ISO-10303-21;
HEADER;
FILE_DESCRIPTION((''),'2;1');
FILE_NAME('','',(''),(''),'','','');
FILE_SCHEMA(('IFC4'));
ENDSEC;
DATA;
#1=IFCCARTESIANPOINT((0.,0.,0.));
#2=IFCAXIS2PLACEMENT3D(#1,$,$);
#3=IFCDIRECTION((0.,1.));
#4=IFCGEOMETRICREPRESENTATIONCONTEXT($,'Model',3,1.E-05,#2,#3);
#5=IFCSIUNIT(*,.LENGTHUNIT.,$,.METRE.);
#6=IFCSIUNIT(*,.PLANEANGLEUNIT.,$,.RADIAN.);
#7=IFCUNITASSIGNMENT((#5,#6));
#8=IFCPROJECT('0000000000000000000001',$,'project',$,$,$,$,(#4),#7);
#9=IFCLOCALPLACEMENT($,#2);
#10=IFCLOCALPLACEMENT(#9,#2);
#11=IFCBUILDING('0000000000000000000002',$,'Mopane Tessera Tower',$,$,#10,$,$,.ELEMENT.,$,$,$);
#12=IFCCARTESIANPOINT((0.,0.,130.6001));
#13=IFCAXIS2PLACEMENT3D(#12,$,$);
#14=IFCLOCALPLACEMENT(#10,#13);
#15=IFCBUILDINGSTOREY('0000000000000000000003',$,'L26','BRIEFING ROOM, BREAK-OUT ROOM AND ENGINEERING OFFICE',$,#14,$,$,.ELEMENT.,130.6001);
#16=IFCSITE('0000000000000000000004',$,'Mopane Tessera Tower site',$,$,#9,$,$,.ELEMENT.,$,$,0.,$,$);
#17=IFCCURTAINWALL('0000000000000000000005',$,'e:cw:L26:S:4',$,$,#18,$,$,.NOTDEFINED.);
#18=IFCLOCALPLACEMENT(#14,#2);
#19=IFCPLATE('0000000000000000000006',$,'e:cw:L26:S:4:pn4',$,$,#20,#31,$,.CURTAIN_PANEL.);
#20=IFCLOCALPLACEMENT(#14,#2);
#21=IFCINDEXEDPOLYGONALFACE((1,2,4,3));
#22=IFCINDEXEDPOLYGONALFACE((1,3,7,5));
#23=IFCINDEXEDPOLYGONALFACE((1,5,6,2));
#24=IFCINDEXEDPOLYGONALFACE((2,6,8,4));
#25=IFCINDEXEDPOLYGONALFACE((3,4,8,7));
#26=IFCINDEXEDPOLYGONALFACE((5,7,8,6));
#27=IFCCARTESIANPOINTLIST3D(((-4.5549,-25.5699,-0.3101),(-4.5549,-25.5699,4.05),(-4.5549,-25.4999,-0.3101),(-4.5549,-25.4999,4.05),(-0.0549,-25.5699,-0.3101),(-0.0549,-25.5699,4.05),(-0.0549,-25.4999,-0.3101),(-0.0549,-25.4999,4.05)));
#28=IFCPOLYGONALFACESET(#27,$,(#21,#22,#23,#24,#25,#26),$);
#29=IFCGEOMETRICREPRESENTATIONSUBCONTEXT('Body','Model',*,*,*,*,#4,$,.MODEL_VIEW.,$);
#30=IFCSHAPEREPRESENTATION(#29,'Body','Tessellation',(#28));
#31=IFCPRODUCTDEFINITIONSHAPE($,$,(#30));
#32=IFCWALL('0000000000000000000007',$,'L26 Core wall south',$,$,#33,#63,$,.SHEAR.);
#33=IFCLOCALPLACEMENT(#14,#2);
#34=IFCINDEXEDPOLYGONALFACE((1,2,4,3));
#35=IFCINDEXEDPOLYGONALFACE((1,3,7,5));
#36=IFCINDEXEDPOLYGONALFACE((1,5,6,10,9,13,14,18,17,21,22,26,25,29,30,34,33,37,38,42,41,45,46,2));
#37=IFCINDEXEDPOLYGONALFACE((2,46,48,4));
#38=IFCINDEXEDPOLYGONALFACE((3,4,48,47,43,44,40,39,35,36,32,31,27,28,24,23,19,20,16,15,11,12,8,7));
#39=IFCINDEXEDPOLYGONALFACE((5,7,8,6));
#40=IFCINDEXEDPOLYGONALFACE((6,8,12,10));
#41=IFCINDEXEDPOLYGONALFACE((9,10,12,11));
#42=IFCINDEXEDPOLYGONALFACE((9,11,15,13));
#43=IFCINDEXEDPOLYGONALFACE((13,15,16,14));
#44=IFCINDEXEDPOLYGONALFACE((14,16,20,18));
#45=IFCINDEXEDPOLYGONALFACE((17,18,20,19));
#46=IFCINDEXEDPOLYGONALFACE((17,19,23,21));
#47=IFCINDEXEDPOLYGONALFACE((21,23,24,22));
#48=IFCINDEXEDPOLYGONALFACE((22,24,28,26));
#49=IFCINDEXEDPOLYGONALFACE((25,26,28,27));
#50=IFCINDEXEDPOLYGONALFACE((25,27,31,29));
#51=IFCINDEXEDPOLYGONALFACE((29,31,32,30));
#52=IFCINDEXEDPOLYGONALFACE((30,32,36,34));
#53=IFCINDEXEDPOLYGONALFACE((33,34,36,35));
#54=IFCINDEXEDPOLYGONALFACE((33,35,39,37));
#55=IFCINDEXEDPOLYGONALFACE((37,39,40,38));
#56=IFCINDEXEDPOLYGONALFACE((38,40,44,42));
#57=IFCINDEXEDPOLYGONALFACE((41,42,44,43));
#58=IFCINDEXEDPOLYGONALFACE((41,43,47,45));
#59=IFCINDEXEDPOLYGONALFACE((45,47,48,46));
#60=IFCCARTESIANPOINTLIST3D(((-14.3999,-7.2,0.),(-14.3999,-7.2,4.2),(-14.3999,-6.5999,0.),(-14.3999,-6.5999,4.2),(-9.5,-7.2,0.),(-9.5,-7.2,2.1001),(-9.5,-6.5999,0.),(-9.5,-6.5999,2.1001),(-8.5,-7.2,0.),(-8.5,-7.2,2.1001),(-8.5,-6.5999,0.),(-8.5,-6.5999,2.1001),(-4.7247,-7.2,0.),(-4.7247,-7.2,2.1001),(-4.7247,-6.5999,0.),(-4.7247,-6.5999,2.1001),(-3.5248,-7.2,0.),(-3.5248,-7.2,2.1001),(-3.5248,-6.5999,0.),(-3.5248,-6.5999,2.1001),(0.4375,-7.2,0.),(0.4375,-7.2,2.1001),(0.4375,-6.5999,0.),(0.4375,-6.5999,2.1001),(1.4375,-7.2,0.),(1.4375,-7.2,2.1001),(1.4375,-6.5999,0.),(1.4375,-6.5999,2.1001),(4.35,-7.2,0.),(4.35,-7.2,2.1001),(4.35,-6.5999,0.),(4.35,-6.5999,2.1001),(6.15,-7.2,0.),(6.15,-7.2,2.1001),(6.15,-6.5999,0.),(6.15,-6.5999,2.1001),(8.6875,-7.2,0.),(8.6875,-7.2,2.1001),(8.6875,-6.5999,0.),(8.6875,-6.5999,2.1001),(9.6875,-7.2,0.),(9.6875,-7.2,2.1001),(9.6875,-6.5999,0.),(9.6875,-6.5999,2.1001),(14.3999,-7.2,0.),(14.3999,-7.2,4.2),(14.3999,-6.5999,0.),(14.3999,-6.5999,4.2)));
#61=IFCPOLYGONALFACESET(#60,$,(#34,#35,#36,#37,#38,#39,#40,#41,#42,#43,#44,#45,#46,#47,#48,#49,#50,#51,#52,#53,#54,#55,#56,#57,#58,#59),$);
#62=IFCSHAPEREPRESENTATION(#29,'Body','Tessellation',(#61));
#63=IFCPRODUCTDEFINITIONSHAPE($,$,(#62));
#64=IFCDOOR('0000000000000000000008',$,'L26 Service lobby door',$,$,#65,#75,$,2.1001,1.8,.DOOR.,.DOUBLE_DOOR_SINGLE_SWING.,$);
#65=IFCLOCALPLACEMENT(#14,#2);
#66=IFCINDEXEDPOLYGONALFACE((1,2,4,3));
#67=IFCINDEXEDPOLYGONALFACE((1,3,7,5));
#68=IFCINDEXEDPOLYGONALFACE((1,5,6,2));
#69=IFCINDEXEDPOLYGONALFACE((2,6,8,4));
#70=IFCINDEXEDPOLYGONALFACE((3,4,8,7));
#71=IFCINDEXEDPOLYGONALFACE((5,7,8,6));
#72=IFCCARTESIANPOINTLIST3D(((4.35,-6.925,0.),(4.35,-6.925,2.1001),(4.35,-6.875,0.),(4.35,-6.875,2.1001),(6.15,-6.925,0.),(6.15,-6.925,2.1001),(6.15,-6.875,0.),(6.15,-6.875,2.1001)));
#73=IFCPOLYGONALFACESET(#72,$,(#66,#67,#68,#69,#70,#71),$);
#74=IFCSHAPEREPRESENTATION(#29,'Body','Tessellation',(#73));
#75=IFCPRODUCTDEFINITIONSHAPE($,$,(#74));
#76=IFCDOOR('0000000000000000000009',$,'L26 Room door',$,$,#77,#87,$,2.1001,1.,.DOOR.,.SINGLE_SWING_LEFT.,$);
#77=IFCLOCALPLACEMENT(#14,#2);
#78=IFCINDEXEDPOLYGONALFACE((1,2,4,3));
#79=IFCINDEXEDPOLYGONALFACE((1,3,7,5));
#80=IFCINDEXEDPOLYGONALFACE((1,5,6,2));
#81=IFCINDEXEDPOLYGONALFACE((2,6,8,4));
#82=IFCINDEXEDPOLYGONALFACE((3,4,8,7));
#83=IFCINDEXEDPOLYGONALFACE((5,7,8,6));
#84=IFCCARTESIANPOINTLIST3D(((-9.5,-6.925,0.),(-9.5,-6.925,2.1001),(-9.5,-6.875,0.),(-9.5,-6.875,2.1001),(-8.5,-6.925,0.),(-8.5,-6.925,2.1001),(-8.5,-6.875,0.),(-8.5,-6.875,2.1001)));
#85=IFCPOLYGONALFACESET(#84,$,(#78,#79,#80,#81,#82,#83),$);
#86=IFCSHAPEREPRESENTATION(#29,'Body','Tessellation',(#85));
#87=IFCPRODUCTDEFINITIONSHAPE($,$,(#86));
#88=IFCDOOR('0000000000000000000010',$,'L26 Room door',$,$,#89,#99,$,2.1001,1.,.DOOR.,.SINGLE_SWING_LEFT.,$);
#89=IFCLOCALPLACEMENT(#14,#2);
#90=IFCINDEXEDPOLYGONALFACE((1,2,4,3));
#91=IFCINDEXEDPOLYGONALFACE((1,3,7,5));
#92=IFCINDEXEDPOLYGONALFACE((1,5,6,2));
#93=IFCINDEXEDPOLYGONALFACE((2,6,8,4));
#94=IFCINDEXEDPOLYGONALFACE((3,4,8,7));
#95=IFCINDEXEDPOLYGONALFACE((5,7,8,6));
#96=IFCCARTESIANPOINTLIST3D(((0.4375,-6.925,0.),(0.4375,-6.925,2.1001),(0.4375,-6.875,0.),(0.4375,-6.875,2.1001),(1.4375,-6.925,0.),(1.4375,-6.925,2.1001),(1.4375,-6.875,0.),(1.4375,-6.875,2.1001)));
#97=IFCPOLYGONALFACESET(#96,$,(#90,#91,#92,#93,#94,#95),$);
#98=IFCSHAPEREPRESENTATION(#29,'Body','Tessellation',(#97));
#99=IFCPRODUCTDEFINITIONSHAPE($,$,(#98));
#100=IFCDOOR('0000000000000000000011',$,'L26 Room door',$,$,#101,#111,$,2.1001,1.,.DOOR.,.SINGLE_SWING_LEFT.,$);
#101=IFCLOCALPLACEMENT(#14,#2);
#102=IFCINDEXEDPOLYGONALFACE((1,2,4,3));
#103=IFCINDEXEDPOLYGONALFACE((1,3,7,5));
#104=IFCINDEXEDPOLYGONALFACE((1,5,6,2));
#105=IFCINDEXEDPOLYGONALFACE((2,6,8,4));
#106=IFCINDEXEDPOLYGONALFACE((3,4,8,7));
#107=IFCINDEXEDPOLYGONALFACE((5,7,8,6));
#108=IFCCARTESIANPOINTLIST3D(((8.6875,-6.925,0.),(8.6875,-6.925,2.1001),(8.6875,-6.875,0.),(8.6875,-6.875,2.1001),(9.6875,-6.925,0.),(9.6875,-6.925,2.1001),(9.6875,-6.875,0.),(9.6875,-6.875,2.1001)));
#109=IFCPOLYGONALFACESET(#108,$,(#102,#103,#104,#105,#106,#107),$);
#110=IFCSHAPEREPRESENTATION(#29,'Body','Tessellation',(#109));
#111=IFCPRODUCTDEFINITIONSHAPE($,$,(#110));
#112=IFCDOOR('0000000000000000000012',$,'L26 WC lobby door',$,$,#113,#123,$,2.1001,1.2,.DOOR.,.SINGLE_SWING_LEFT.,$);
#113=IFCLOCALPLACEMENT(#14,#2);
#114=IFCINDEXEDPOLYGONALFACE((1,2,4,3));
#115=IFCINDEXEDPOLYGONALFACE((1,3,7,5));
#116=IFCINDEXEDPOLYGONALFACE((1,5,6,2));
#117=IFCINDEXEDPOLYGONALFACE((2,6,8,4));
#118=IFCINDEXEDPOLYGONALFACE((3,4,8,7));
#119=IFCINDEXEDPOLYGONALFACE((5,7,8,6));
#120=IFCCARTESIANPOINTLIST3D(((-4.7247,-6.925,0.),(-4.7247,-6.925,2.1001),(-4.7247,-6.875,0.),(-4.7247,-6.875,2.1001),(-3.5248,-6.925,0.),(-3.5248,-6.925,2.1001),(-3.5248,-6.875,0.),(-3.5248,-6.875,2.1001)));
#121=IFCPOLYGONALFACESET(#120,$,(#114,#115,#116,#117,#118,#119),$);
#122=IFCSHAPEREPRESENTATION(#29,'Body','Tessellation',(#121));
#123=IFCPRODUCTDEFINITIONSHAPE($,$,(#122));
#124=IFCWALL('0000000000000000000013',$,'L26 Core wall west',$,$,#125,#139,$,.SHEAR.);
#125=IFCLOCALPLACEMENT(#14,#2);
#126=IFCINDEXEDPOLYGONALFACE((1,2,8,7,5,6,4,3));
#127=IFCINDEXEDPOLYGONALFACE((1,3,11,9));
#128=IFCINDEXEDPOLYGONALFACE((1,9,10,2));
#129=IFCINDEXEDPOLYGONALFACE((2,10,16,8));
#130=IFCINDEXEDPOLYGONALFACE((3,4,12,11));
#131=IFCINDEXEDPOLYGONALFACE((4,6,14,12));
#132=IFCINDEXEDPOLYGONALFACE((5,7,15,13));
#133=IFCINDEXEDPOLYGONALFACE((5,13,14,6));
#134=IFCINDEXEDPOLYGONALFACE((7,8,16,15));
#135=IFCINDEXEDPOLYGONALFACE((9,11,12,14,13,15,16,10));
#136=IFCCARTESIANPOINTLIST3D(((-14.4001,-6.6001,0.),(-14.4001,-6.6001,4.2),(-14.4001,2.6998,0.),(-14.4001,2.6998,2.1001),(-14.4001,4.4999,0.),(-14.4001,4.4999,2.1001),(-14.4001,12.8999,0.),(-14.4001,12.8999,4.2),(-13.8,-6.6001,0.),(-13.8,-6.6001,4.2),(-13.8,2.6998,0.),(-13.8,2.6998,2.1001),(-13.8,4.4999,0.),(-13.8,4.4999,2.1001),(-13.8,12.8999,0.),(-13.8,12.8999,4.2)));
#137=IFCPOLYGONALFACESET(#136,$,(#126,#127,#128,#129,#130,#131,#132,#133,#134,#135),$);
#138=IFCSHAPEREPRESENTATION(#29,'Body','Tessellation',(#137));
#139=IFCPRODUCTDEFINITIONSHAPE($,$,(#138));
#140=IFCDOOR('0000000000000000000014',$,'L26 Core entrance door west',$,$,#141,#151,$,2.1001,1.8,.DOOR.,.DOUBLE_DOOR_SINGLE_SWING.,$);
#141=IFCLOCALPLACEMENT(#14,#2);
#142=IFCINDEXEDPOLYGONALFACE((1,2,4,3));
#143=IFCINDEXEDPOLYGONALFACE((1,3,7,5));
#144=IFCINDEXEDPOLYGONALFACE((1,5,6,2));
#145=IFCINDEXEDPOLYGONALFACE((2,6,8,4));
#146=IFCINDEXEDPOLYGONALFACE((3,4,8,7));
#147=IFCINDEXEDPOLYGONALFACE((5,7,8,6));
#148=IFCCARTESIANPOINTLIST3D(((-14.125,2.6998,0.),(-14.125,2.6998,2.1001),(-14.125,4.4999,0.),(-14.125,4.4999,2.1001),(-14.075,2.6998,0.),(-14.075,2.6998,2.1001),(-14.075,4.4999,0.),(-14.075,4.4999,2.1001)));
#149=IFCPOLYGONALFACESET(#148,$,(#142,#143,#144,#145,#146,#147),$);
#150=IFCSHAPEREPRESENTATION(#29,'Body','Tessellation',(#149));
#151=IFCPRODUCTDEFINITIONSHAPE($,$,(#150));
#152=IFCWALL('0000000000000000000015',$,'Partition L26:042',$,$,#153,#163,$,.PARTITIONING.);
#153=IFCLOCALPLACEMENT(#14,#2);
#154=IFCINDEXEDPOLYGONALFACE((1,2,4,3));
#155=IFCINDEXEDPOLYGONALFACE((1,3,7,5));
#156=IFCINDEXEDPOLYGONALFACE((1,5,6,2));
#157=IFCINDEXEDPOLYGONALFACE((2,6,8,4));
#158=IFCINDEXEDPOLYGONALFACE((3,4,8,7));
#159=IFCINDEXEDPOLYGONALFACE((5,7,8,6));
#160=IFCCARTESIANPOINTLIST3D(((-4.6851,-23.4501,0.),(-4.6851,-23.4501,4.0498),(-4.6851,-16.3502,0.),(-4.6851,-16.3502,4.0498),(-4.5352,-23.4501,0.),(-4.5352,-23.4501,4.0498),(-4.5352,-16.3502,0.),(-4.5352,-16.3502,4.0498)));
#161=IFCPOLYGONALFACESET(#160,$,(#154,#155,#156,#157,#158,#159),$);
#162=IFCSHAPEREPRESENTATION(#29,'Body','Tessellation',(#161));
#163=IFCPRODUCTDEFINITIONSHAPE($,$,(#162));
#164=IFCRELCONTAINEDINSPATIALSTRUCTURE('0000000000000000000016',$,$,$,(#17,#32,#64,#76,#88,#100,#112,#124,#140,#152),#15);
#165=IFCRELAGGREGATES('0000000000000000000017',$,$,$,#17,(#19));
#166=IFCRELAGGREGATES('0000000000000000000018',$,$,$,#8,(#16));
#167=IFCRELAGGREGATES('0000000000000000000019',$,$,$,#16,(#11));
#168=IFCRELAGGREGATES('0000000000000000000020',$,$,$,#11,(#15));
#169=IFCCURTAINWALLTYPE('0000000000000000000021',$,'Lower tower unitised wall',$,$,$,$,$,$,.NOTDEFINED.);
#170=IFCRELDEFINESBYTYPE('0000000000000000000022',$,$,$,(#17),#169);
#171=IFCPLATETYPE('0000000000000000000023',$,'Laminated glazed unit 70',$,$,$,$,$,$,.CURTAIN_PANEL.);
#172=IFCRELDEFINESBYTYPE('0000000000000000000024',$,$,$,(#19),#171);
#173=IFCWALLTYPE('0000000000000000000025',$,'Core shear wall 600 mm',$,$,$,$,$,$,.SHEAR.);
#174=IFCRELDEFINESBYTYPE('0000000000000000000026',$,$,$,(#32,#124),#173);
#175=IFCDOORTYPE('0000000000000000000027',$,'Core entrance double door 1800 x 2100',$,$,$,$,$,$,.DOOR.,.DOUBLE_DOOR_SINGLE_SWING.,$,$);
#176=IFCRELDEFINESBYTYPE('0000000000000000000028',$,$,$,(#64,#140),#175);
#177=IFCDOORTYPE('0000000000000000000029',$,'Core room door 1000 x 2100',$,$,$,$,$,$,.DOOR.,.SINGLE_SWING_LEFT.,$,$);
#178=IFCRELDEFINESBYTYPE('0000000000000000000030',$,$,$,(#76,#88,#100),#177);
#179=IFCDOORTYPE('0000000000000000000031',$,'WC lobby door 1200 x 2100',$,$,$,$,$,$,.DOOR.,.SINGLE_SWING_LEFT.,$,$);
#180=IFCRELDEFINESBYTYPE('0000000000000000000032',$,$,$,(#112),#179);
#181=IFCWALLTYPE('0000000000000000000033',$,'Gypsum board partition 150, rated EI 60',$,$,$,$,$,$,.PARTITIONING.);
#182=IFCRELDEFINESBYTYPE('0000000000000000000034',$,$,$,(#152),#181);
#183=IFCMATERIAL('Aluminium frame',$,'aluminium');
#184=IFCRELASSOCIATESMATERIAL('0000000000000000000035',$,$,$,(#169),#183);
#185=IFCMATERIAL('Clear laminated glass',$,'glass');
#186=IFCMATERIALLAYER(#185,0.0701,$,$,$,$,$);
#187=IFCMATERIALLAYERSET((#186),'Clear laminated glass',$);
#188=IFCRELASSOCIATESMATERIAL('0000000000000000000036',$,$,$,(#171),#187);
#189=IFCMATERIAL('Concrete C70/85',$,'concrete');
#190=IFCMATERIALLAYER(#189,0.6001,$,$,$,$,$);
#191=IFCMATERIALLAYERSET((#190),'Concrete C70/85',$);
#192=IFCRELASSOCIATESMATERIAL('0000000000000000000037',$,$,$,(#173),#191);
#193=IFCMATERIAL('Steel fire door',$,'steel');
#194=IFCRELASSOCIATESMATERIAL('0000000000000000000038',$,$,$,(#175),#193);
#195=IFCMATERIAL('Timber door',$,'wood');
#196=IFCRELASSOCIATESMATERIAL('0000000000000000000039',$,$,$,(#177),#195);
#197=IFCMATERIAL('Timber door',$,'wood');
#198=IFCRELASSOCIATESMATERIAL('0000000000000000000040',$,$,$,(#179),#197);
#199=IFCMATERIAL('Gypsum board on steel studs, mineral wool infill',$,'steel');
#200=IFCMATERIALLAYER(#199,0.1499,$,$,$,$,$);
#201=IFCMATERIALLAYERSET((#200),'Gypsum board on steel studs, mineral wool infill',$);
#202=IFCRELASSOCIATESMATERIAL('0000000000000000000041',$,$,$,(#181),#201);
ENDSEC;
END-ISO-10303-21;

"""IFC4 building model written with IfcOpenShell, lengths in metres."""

from ifc_helpers import new_model, si_unit, direction, frame, frame_2d, origin, origin_2d, place, context, subcontext, project, spatial, rectangle, extrude, material, layer, layer_set, type_object, element, fill, aggregate, save


model = new_model("IFC4")

# Units and contexts
model_context = context("Model", 3, precision=1e-05, world=origin(), true_north=direction((0.0, 1.0)))
body_context = subcontext(model_context, "Body", "Model", "MODEL_VIEW")
ifc_project = project(units=[si_unit("LENGTHUNIT", "METRE"), si_unit("PLANEANGLEUNIT", "RADIAN")], contexts=[model_context])

# Site, building, storey
site_placement = place(None, origin())
site = spatial("IfcSite", under=ifc_project, at=site_placement, Name="Mopane Tessera Tower site", CompositionType="ELEMENT", RefElevation=0.0)
building_placement = place(site_placement, origin())
building = spatial("IfcBuilding", under=site, at=building_placement, Name="Mopane Tessera Tower", CompositionType="ELEMENT")
storey_placement = place(building_placement, frame((0.0, 0.0, 130.6001)))
storey = spatial("IfcBuildingStorey", under=building, at=storey_placement, Name="L26", Description="BRIEFING ROOM, BREAK-OUT ROOM AND ENGINEERING OFFICE", CompositionType="ELEMENT", Elevation=130.6001)

# Curtain wall
ifc_material_1 = material(Name="Aluminium frame", Category="aluminium")
curtain_wall_type = type_object("IfcCurtainWallType", Name="Lower tower unitised wall", PredefinedType="NOTDEFINED", material=ifc_material_1)
curtain_wall_placement = place(storey_placement, origin())
curtain_wall = element("IfcCurtainWall", 1, at=curtain_wall_placement, inside=storey, type_object=curtain_wall_type, Name="e:cw:L26:S:4", PredefinedType="NOTDEFINED")

# Plate
ifc_material_2 = material(Name="Clear laminated glass", Category="glass")
ifc_layer_1 = layer(ifc_material_2, 0.0701)
ifc_layer_set_1 = layer_set([ifc_layer_1], Name="Clear laminated glass")
plate_type = type_object("IfcPlateType", Name="Laminated glazed unit 70", PredefinedType="CURTAIN_PANEL", material=ifc_layer_set_1)
plate_placement = place(storey_placement, frame((-2.3049, -25.5349, -0.3101), z_axis=(0.0, 0.0, 1.0), x_axis=(1.0, 0.0, 0.0)))
plate = element("IfcPlate", 2, at=plate_placement, type_object=plate_type, Name="e:cw:L26:S:4:pn4", PredefinedType="CURTAIN_PANEL", context=body_context, shape_type="SweptSolid", body=[
    extrude(rectangle(XDim=4.5, YDim=0.0701, at=origin_2d()), origin(), (0.0, 0.0, 1.0), 4.3601),
])
aggregate(curtain_wall, [plate])

# Wall, openings, doors
ifc_material_3 = material(Name="Concrete C70/85", Category="concrete")
ifc_layer_2 = layer(ifc_material_3, 0.6001)
ifc_layer_set_2 = layer_set([ifc_layer_2], Name="Concrete C70/85")
wall_type_1 = type_object("IfcWallType", Name="Core shear wall 600 mm", PredefinedType="SHEAR", material=ifc_layer_set_2)
wall_1_placement = place(storey_placement, frame((-14.3999, -6.8999, 0.0), z_axis=(0.0, 0.0, 1.0), x_axis=(1.0, 0.0, 0.0)))
wall_1 = element("IfcWall", 3, at=wall_1_placement, inside=storey, type_object=wall_type_1, Name="L26 Core wall south", PredefinedType="SHEAR", context=body_context, shape_type="SweptSolid", body=[
    extrude(rectangle(XDim=28.7998, YDim=0.6001, at=frame_2d((14.3999, 0.0))), origin(), (0.0, 0.0, 1.0), 4.2),
])
opening_1_placement = place(wall_1_placement, frame((4.8999, 0.0, 0.0)))
opening_1 = element("IfcOpeningElement", 4, at=opening_1_placement, cuts=wall_1, PredefinedType="OPENING", context=body_context, shape_type="SweptSolid", body=[
    extrude(rectangle(XDim=1.0, YDim=2.1001, at=frame_2d((0.5, 1.05))), frame((0.0, 0.312, 0.0), z_axis=(0.0, -1.0, 0.0), x_axis=(1.0, 0.0, 0.0)), (0.0, 0.0, 1.0), 0.624),
])
opening_2_placement = place(wall_1_placement, frame((9.675, 0.0, 0.0)))
opening_2 = element("IfcOpeningElement", 5, at=opening_2_placement, cuts=wall_1, PredefinedType="OPENING", context=body_context, shape_type="SweptSolid", body=[
    extrude(rectangle(XDim=1.2, YDim=2.1001, at=frame_2d((0.6001, 1.05))), frame((0.0, 0.312, 0.0), z_axis=(0.0, -1.0, 0.0), x_axis=(1.0, 0.0, 0.0)), (0.0, 0.0, 1.0), 0.624),
])
opening_3_placement = place(wall_1_placement, frame((14.8374, 0.0, 0.0)))
opening_3 = element("IfcOpeningElement", 6, at=opening_3_placement, cuts=wall_1, PredefinedType="OPENING", context=body_context, shape_type="SweptSolid", body=[
    extrude(rectangle(XDim=1.0, YDim=2.1001, at=frame_2d((0.5, 1.05))), frame((0.0, 0.312, 0.0), z_axis=(0.0, -1.0, 0.0), x_axis=(1.0, 0.0, 0.0)), (0.0, 0.0, 1.0), 0.624),
])
opening_4_placement = place(wall_1_placement, frame((18.75, 0.0, 0.0)))
opening_4 = element("IfcOpeningElement", 7, at=opening_4_placement, cuts=wall_1, PredefinedType="OPENING", context=body_context, shape_type="SweptSolid", body=[
    extrude(rectangle(XDim=1.8, YDim=2.1001, at=frame_2d((0.8999, 1.05))), frame((0.0, 0.312, 0.0), z_axis=(0.0, -1.0, 0.0), x_axis=(1.0, 0.0, 0.0)), (0.0, 0.0, 1.0), 0.624),
])
opening_5_placement = place(wall_1_placement, frame((23.0874, 0.0, 0.0)))
opening_5 = element("IfcOpeningElement", 8, at=opening_5_placement, cuts=wall_1, PredefinedType="OPENING", context=body_context, shape_type="SweptSolid", body=[
    extrude(rectangle(XDim=1.0, YDim=2.1001, at=frame_2d((0.5, 1.05))), frame((0.0, 0.312, 0.0), z_axis=(0.0, -1.0, 0.0), x_axis=(1.0, 0.0, 0.0)), (0.0, 0.0, 1.0), 0.624),
])
ifc_material_4 = material(Name="Steel fire door", Category="steel")
door_type_1 = type_object("IfcDoorType", Name="Core entrance double door 1800 x 2100", OperationType="DOUBLE_DOOR_SINGLE_SWING", PredefinedType="DOOR", material=ifc_material_4)
door_1_placement = place(opening_4_placement, origin())
door_1 = element("IfcDoor", 9, at=door_1_placement, inside=storey, type_object=door_type_1, Name="L26 Service lobby door", OperationType="DOUBLE_DOOR_SINGLE_SWING", OverallHeight=2.1001, OverallWidth=1.8, PredefinedType="DOOR", context=body_context, shape_type="SweptSolid", body=[
    extrude(rectangle(XDim=1.8, YDim=2.1001, at=frame_2d((0.8999, 1.05))), frame((0.0, 0.0249, 0.0), z_axis=(0.0, -1.0, 0.0), x_axis=(1.0, 0.0, 0.0)), (0.0, 0.0, 1.0), 0.05),
])
fill(opening_4, door_1)
ifc_material_5 = material(Name="Timber door", Category="wood")
door_type_2 = type_object("IfcDoorType", Name="Core room door 1000 x 2100", OperationType="SINGLE_SWING_LEFT", PredefinedType="DOOR", material=ifc_material_5)
door_2_placement = place(opening_1_placement, origin())
door_2 = element("IfcDoor", 10, at=door_2_placement, inside=storey, type_object=door_type_2, Name="L26 Room door", OperationType="SINGLE_SWING_LEFT", OverallHeight=2.1001, OverallWidth=1.0, PredefinedType="DOOR", context=body_context, shape_type="SweptSolid", body=[
    extrude(rectangle(XDim=1.0, YDim=2.1001, at=frame_2d((0.5, 1.05))), frame((0.0, 0.0249, 0.0), z_axis=(0.0, -1.0, 0.0), x_axis=(1.0, 0.0, 0.0)), (0.0, 0.0, 1.0), 0.05),
])
fill(opening_1, door_2)
door_3_placement = place(opening_3_placement, origin())
door_3 = element("IfcDoor", 11, at=door_3_placement, inside=storey, type_object=door_type_2, Name="L26 Room door", OperationType="SINGLE_SWING_LEFT", OverallHeight=2.1001, OverallWidth=1.0, PredefinedType="DOOR", context=body_context, shape_type="SweptSolid", body=[
    extrude(rectangle(XDim=1.0, YDim=2.1001, at=frame_2d((0.5, 1.05))), frame((0.0, 0.0249, 0.0), z_axis=(0.0, -1.0, 0.0), x_axis=(1.0, 0.0, 0.0)), (0.0, 0.0, 1.0), 0.05),
])
fill(opening_3, door_3)
door_4_placement = place(opening_5_placement, origin())
door_4 = element("IfcDoor", 12, at=door_4_placement, inside=storey, type_object=door_type_2, Name="L26 Room door", OperationType="SINGLE_SWING_LEFT", OverallHeight=2.1001, OverallWidth=1.0, PredefinedType="DOOR", context=body_context, shape_type="SweptSolid", body=[
    extrude(rectangle(XDim=1.0, YDim=2.1001, at=frame_2d((0.5, 1.05))), frame((0.0, 0.0249, 0.0), z_axis=(0.0, -1.0, 0.0), x_axis=(1.0, 0.0, 0.0)), (0.0, 0.0, 1.0), 0.05),
])
fill(opening_5, door_4)
ifc_material_6 = material(Name="Timber door", Category="wood")
door_type_3 = type_object("IfcDoorType", Name="WC lobby door 1200 x 2100", OperationType="SINGLE_SWING_LEFT", PredefinedType="DOOR", material=ifc_material_6)
door_5_placement = place(opening_2_placement, origin())
door_5 = element("IfcDoor", 13, at=door_5_placement, inside=storey, type_object=door_type_3, Name="L26 WC lobby door", OperationType="SINGLE_SWING_LEFT", OverallHeight=2.1001, OverallWidth=1.2, PredefinedType="DOOR", context=body_context, shape_type="SweptSolid", body=[
    extrude(rectangle(XDim=1.2, YDim=2.1001, at=frame_2d((0.6001, 1.05))), frame((0.0, 0.0249, 0.0), z_axis=(0.0, -1.0, 0.0), x_axis=(1.0, 0.0, 0.0)), (0.0, 0.0, 1.0), 0.05),
])
fill(opening_2, door_5)

# Wall, opening, door
wall_2_placement = place(storey_placement, frame((-14.1001, -6.6001, 0.0), z_axis=(0.0, 0.0, 1.0), x_axis=(0.0, 1.0, 0.0)))
wall_2 = element("IfcWall", 14, at=wall_2_placement, inside=storey, type_object=wall_type_1, Name="L26 Core wall west", PredefinedType="SHEAR", context=body_context, shape_type="SweptSolid", body=[
    extrude(rectangle(XDim=19.5, YDim=0.6001, at=frame_2d((9.75, 0.0))), origin(), (0.0, 0.0, 1.0), 4.2),
])
opening_6_placement = place(wall_2_placement, frame((9.3, 0.0, 0.0)))
opening_6 = element("IfcOpeningElement", 15, at=opening_6_placement, cuts=wall_2, PredefinedType="OPENING", context=body_context, shape_type="SweptSolid", body=[
    extrude(rectangle(XDim=1.8, YDim=2.1001, at=frame_2d((0.8999, 1.05))), frame((0.0, 0.312, 0.0), z_axis=(0.0, -1.0, 0.0), x_axis=(1.0, 0.0, 0.0)), (0.0, 0.0, 1.0), 0.624),
])
door_6_placement = place(opening_6_placement, origin())
door_6 = element("IfcDoor", 16, at=door_6_placement, inside=storey, type_object=door_type_1, Name="L26 Core entrance door west", OperationType="DOUBLE_DOOR_SINGLE_SWING", OverallHeight=2.1001, OverallWidth=1.8, PredefinedType="DOOR", context=body_context, shape_type="SweptSolid", body=[
    extrude(rectangle(XDim=1.8, YDim=2.1001, at=frame_2d((0.8999, 1.05))), frame((0.0, 0.0249, 0.0), z_axis=(0.0, -1.0, 0.0), x_axis=(1.0, 0.0, 0.0)), (0.0, 0.0, 1.0), 0.05),
])
fill(opening_6, door_6)

# Wall
ifc_material_7 = material(Name="Gypsum board on steel studs, mineral wool infill", Category="steel")
ifc_layer_3 = layer(ifc_material_7, 0.1499)
ifc_layer_set_3 = layer_set([ifc_layer_3], Name="Gypsum board on steel studs, mineral wool infill")
wall_type_2 = type_object("IfcWallType", Name="Gypsum board partition 150, rated EI 60", PredefinedType="PARTITIONING", material=ifc_layer_set_3)
wall_3_placement = place(storey_placement, frame((-4.6101, -23.45, 0.0), z_axis=(0.0, 0.0, 1.0), x_axis=(0.0, 1.0, 0.0)))
element("IfcWall", 17, at=wall_3_placement, inside=storey, type_object=wall_type_2, Name="Partition L26:042", PredefinedType="PARTITIONING", context=body_context, shape_type="SweptSolid", body=[
    extrude(rectangle(XDim=7.0999, YDim=0.1499, at=frame_2d((3.5498, 0.0))), origin(), (0.0, 0.0, 1.0), 4.0498),
])

save(model, "model.ifc")
